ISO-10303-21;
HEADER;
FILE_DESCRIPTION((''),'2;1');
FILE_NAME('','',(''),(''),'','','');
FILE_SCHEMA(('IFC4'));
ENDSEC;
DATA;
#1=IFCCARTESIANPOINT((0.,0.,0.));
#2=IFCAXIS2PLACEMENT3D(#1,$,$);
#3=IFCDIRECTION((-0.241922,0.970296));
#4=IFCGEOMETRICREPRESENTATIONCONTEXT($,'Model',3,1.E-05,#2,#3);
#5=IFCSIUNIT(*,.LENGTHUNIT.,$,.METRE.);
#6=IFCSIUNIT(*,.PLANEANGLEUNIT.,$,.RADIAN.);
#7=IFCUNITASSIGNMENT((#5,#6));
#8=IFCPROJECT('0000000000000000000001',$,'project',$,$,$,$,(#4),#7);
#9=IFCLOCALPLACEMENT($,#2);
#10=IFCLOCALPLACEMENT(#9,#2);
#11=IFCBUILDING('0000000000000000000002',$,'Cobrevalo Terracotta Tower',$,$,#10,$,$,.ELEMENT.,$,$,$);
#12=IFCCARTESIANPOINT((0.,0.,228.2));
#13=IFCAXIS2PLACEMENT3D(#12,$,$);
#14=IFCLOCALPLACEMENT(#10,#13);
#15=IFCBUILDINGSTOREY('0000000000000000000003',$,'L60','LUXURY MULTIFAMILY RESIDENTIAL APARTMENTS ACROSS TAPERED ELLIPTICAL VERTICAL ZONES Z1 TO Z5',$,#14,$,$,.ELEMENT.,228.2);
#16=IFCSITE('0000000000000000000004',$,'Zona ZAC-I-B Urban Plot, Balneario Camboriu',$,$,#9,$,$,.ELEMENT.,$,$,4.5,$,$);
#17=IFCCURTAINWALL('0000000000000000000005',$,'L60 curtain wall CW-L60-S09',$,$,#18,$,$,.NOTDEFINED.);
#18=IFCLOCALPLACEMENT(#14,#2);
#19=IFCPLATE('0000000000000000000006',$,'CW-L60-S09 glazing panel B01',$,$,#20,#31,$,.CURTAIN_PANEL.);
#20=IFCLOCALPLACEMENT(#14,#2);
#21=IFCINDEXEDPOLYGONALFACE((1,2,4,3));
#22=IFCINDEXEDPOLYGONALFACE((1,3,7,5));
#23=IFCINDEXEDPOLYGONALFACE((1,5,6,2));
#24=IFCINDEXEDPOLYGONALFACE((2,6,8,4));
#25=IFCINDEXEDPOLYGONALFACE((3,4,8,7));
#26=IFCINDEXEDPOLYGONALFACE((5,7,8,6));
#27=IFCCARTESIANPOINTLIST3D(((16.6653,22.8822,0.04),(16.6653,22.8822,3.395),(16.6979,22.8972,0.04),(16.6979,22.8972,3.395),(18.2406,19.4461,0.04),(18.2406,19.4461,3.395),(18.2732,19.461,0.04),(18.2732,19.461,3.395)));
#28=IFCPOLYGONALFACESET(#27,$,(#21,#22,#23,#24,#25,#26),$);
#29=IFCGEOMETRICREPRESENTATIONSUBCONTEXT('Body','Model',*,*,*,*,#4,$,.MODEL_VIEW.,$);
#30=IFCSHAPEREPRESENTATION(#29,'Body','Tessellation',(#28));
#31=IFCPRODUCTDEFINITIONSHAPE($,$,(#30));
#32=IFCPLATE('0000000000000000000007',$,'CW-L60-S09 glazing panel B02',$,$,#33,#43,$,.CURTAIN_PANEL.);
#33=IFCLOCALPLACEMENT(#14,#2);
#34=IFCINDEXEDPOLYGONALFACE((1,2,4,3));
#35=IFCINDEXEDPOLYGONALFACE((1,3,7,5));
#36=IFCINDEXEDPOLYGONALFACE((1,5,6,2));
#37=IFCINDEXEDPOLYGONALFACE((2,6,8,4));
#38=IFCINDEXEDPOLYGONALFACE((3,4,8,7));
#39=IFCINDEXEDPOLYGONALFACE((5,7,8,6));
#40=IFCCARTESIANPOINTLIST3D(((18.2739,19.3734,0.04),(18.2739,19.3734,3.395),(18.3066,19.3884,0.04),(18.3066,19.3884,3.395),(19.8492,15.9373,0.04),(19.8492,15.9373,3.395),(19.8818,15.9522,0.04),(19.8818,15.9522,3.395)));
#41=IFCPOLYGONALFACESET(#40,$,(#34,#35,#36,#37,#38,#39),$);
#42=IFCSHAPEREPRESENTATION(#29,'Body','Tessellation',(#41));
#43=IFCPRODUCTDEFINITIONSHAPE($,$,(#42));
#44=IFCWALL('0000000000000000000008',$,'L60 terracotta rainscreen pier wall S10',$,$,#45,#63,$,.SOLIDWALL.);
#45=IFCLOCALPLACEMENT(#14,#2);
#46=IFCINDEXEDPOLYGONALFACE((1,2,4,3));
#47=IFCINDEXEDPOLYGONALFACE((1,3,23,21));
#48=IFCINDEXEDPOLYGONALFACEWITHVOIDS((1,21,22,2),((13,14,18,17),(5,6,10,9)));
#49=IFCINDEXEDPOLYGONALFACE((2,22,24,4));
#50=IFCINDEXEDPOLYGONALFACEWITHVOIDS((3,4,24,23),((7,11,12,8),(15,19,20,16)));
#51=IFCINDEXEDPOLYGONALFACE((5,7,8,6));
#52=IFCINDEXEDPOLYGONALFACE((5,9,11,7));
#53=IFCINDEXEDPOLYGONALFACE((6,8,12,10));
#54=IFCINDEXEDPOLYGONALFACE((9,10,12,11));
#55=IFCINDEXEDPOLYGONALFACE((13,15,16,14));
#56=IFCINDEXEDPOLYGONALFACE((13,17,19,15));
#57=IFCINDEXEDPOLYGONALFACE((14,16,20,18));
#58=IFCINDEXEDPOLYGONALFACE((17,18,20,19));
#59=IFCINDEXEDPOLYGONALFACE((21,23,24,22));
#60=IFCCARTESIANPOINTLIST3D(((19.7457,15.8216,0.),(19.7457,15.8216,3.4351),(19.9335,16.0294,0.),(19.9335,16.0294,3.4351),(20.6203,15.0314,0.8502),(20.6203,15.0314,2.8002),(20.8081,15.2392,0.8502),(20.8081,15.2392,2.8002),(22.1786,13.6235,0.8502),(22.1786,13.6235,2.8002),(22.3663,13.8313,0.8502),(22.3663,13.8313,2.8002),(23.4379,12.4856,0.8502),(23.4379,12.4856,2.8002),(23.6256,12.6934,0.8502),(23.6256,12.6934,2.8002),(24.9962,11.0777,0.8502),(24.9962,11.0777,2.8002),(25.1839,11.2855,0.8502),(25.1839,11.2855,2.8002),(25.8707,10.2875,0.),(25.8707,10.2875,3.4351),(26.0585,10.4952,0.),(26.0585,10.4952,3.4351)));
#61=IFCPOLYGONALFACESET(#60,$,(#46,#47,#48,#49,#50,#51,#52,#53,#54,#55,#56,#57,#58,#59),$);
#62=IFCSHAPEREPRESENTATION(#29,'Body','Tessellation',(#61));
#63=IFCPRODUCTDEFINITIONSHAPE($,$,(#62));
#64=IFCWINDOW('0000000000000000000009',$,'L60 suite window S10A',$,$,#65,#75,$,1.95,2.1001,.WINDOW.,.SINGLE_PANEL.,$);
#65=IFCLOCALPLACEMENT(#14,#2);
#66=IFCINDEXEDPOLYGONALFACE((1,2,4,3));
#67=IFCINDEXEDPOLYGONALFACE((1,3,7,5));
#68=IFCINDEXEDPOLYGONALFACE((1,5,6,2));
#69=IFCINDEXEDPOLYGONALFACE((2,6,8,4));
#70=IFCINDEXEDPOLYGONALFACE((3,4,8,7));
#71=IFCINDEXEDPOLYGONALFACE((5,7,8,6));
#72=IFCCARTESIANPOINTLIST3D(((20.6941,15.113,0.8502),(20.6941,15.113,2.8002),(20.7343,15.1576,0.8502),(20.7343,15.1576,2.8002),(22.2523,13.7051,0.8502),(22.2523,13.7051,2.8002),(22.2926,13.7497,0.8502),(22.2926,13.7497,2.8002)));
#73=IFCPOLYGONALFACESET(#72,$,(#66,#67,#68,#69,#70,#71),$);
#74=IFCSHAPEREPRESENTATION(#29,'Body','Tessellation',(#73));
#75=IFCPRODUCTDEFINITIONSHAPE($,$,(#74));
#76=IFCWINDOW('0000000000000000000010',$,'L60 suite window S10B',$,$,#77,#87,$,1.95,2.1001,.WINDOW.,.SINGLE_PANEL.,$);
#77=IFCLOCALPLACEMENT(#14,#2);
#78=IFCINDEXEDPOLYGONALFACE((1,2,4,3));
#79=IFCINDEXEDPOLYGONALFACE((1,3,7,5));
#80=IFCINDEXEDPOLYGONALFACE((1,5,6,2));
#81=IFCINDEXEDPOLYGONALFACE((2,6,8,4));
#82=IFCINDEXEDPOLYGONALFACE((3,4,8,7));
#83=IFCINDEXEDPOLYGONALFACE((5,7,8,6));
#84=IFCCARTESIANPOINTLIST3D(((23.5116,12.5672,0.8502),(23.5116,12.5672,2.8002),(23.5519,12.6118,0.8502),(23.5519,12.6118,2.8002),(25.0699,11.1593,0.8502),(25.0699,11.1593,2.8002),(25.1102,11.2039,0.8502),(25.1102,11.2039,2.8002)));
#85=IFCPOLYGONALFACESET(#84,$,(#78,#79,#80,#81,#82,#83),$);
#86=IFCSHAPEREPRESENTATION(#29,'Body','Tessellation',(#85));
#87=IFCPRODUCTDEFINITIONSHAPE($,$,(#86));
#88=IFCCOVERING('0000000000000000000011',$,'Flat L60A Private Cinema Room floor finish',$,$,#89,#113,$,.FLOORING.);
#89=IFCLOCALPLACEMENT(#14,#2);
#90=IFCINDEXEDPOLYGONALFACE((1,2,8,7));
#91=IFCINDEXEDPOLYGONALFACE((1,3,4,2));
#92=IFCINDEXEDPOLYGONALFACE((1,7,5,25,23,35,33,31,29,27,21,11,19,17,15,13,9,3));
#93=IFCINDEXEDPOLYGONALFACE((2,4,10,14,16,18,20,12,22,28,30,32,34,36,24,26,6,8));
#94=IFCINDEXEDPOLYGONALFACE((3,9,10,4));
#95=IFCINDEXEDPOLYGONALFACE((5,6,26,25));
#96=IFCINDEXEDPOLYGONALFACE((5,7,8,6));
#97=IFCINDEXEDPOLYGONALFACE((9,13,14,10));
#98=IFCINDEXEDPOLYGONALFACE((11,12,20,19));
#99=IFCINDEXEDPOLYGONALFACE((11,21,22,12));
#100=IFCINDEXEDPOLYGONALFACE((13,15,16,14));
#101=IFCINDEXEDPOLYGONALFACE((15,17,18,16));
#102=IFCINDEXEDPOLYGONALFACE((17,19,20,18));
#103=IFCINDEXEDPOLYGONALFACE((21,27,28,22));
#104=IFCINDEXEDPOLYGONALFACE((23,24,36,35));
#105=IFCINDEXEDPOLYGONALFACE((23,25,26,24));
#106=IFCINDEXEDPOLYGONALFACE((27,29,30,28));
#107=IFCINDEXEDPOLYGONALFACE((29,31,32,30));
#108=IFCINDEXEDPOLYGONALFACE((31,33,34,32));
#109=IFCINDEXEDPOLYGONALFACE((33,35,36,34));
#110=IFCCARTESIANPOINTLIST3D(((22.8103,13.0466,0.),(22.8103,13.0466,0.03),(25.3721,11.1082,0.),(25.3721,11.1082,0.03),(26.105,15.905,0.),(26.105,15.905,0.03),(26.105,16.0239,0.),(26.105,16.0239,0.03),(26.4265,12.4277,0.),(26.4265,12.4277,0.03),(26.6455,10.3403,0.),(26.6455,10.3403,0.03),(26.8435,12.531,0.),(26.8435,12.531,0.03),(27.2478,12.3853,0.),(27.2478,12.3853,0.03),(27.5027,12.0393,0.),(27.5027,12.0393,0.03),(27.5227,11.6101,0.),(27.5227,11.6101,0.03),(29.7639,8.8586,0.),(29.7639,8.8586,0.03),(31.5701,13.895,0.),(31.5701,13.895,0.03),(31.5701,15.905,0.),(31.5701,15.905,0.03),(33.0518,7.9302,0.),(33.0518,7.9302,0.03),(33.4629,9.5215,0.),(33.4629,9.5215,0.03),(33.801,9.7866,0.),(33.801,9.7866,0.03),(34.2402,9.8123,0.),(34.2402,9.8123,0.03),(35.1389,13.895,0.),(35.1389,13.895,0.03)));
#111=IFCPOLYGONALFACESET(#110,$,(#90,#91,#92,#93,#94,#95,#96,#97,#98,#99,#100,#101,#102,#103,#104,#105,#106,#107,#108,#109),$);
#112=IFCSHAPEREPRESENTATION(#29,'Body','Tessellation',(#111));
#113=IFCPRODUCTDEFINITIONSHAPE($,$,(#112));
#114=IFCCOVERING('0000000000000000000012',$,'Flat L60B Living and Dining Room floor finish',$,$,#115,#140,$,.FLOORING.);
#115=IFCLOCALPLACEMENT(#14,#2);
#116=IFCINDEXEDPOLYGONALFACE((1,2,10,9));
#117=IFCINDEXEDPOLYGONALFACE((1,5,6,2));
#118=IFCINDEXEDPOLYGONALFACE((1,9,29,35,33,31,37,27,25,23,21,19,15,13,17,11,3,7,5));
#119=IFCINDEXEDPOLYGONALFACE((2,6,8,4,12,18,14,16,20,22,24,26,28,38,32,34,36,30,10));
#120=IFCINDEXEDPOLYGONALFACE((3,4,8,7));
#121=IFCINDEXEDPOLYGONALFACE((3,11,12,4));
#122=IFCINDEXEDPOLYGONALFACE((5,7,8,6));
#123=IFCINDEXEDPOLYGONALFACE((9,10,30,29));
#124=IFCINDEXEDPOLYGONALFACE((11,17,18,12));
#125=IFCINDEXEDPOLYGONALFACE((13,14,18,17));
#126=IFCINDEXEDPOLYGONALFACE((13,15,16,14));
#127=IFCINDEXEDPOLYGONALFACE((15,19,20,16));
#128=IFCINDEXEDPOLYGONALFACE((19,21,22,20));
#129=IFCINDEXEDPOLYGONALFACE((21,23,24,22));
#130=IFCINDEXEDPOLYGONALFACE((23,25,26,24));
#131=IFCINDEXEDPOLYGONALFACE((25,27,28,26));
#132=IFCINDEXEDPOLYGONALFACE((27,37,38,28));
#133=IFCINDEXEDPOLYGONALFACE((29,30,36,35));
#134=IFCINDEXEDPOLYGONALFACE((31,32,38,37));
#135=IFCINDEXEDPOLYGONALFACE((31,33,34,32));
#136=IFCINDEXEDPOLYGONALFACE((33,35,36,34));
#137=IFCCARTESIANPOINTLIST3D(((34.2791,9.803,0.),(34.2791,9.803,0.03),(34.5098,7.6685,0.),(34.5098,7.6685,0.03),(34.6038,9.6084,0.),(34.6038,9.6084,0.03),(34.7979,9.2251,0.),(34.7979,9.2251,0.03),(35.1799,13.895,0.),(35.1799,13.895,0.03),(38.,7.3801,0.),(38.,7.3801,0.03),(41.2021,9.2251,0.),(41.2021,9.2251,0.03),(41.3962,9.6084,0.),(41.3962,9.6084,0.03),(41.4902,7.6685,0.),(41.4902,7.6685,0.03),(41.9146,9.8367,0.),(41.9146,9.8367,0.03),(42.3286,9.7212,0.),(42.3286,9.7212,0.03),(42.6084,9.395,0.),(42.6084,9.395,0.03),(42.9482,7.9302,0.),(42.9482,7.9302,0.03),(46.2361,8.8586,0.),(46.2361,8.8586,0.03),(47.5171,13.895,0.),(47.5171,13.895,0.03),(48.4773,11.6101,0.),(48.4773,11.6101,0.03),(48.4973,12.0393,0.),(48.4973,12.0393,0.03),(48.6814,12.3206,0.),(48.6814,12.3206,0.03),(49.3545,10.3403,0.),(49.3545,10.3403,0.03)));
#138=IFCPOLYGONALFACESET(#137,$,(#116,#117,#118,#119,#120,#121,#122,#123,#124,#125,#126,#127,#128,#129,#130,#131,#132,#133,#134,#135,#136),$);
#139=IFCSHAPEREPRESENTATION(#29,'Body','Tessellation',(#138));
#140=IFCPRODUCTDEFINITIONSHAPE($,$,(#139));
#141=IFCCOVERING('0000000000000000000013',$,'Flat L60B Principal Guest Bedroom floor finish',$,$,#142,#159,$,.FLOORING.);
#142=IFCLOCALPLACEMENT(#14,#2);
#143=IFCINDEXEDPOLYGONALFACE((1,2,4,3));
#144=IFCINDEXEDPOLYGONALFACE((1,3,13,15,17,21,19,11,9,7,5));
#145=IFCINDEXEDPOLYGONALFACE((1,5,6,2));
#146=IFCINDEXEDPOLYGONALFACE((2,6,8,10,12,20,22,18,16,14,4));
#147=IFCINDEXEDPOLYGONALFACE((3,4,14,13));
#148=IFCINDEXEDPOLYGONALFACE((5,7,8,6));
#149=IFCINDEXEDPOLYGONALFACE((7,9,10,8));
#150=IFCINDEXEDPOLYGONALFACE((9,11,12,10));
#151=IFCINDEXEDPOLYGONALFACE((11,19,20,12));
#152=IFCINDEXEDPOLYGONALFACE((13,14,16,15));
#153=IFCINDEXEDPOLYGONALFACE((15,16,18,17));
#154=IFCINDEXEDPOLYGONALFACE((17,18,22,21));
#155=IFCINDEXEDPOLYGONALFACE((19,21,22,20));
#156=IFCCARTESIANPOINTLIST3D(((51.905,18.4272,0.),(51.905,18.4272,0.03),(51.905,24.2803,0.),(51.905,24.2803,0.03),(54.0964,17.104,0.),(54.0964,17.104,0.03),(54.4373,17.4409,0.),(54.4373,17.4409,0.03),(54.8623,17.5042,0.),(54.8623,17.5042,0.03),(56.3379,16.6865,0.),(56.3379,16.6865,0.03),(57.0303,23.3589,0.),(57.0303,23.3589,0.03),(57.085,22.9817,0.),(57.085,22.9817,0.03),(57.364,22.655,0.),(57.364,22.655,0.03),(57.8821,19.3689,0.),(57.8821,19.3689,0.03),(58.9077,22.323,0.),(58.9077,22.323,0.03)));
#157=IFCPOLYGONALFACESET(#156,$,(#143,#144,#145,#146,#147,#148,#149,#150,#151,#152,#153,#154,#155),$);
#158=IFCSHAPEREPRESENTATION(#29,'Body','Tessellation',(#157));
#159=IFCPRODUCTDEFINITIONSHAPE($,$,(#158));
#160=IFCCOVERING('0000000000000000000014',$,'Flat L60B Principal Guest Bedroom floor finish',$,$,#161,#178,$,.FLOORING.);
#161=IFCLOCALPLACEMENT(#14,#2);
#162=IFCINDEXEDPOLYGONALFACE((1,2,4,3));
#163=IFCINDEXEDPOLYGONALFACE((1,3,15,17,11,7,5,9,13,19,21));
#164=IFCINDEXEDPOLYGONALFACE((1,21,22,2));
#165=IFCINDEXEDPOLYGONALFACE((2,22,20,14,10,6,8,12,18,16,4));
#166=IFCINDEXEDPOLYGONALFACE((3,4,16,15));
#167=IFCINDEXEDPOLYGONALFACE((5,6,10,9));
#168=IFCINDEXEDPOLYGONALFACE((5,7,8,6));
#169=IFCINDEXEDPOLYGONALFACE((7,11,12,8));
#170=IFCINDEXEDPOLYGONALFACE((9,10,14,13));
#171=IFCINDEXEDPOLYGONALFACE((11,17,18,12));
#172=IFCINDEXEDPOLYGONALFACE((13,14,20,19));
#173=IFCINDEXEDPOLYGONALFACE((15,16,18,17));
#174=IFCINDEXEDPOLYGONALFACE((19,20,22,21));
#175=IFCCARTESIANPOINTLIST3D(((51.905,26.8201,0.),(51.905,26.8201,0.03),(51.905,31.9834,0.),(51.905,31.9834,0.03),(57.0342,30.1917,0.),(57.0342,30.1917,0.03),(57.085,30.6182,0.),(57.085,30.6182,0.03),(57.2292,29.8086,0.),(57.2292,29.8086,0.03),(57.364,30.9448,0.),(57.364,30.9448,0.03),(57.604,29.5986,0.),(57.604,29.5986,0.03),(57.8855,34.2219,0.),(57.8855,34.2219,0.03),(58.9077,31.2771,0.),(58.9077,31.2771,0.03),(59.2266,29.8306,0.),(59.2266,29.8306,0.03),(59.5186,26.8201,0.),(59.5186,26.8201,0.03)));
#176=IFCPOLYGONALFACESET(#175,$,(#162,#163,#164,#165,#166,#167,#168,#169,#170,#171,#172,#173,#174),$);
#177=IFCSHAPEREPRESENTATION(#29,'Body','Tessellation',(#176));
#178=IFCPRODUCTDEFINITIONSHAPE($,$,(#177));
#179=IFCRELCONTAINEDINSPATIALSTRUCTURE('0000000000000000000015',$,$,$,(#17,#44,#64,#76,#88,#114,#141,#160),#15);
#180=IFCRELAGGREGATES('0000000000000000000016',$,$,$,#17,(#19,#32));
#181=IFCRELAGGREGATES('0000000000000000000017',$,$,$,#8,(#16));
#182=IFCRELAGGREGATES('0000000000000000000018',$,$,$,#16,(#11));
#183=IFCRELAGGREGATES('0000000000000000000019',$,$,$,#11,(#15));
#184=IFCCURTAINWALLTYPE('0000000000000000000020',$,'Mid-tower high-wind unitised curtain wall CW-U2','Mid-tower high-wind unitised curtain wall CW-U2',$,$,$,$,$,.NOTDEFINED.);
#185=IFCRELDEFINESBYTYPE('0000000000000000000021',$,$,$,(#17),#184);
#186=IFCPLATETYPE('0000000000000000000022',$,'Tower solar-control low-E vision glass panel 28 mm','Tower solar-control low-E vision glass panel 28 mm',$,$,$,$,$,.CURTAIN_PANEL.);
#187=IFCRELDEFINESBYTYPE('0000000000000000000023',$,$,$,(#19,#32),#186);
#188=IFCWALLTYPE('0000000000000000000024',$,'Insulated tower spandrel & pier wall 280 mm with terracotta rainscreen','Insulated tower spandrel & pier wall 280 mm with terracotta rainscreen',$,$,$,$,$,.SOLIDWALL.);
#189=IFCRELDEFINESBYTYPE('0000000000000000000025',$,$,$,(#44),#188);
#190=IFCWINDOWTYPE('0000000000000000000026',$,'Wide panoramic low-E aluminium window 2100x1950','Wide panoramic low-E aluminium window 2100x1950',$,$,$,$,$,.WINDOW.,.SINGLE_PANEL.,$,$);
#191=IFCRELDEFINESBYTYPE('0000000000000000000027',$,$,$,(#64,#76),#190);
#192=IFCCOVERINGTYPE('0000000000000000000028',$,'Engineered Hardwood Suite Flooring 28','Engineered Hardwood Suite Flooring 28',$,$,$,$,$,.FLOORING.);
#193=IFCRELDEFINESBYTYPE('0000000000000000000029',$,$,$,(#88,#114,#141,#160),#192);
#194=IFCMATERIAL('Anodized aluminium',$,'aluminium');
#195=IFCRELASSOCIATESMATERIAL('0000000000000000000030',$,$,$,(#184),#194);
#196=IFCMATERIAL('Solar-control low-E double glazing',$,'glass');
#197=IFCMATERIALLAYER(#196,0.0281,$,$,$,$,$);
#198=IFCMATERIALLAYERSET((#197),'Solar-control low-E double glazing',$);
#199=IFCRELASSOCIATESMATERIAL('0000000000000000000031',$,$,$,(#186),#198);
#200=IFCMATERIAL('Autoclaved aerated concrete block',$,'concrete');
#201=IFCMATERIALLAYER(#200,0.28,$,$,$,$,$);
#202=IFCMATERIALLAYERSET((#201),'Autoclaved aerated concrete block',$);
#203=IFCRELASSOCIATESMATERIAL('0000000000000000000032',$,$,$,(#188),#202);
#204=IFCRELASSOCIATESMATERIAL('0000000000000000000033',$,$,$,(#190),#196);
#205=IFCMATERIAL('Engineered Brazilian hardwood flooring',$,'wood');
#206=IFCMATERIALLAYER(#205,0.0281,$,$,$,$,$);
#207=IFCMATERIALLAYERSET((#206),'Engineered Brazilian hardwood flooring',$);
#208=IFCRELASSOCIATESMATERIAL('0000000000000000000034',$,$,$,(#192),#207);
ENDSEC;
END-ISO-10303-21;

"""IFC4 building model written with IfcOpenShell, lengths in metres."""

from ifc_helpers import new_model, si_unit, direction, frame, frame_2d, origin, origin_2d, place, context, subcontext, project, spatial, polyline, rectangle, outline, extrude, source, transform, mapped, material, layer, layer_set, type_object, element, fill, aggregate, save


model = new_model("IFC4")

# Units and contexts
model_context = context("Model", 3, precision=1e-05, world=origin(), true_north=direction((-0.241922, 0.970296)))
body_context = subcontext(model_context, "Body", "Model", "MODEL_VIEW")
ifc_project = project(units=[si_unit("LENGTHUNIT", "METRE"), si_unit("PLANEANGLEUNIT", "RADIAN")], contexts=[model_context])

# Site, building, storey
site_placement = place(None, origin())
site = spatial("IfcSite", under=ifc_project, at=site_placement, Name="Zona ZAC-I-B Urban Plot, Balneario Camboriu", CompositionType="ELEMENT", RefElevation=4.5)
building_placement = place(site_placement, origin())
building = spatial("IfcBuilding", under=site, at=building_placement, Name="Cobrevalo Terracotta Tower", CompositionType="ELEMENT")
storey_placement = place(building_placement, frame((0.0, 0.0, 228.2)))
storey = spatial("IfcBuildingStorey", under=building, at=storey_placement, Name="L60", Description="LUXURY MULTIFAMILY RESIDENTIAL APARTMENTS ACROSS TAPERED ELLIPTICAL VERTICAL ZONES Z1 TO Z5", CompositionType="ELEMENT", Elevation=228.2)

# Curtain wall, plates
ifc_material_1 = material(Name="Anodized aluminium", Category="aluminium")
curtain_wall_type = type_object("IfcCurtainWallType", Name="Mid-tower high-wind unitised curtain wall CW-U2", Description="Mid-tower high-wind unitised curtain wall CW-U2", PredefinedType="NOTDEFINED", material=ifc_material_1)
curtain_wall_placement = place(storey_placement, origin())
curtain_wall = element("IfcCurtainWall", 1, at=curtain_wall_placement, inside=storey, type_object=curtain_wall_type, Name="L60 curtain wall CW-L60-S09", PredefinedType="NOTDEFINED")
ifc_material_2 = material(Name="Solar-control low-E double glazing", Category="glass")
ifc_layer_1 = layer(ifc_material_2, 0.0281)
ifc_layer_set_1 = layer_set([ifc_layer_1], Name="Solar-control low-E double glazing")
plate_type = type_object("IfcPlateType", Name="Tower solar-control low-E vision glass panel 28 mm", Description="Tower solar-control low-E vision glass panel 28 mm", PredefinedType="CURTAIN_PANEL", material=ifc_layer_set_1)
shared_shape_1 = source(origin(), body_context, "Body", "SweptSolid", [
    extrude(rectangle(XDim=3.78, YDim=0.0359, at=origin_2d()), origin(), (0.0, 0.0, 1.0), 3.355),
])
plate_1_placement = place(storey_placement, frame((17.4692, 21.1716, 0.04), z_axis=(0.0, 0.0, 1.0), x_axis=(0.416731, -0.90903, 0.0)))
plate_1 = element("IfcPlate", 2, at=plate_1_placement, type_object=plate_type, Name="CW-L60-S09 glazing panel B01", PredefinedType="CURTAIN_PANEL", context=body_context, shape_type="MappedRepresentation", body=[
    mapped(shared_shape_1, transform((0.0, 0.0, 0.0), scale=1.0)),
])
plate_2_placement = place(storey_placement, frame((19.0779, 17.6628, 0.04), z_axis=(0.0, 0.0, 1.0), x_axis=(0.416731, -0.90903, 0.0)))
plate_2 = element("IfcPlate", 3, at=plate_2_placement, type_object=plate_type, Name="CW-L60-S09 glazing panel B02", PredefinedType="CURTAIN_PANEL", context=body_context, shape_type="MappedRepresentation", body=[
    mapped(shared_shape_1, transform((0.0, 0.0, 0.0), scale=1.0)),
])
aggregate(curtain_wall, [plate_1, plate_2])

# Wall, openings, windows
ifc_material_3 = material(Name="Autoclaved aerated concrete block", Category="concrete")
ifc_layer_2 = layer(ifc_material_3, 0.28)
ifc_layer_set_2 = layer_set([ifc_layer_2], Name="Autoclaved aerated concrete block")
wall_type = type_object("IfcWallType", Name="Insulated tower spandrel & pier wall 280 mm with terracotta rainscreen", Description="Insulated tower spandrel & pier wall 280 mm with terracotta rainscreen", PredefinedType="SOLIDWALL", material=ifc_layer_set_2)
wall_placement = place(storey_placement, frame((19.8396, 15.9255, 0.0), z_axis=(0.0, 0.0, 1.0), x_axis=(0.741987, -0.670414, 0.0)))
wall = element("IfcWall", 4, at=wall_placement, inside=storey, type_object=wall_type, Name="L60 terracotta rainscreen pier wall S10", PredefinedType="SOLIDWALL", context=body_context, shape_type="SweptSolid", body=[
    extrude(rectangle(XDim=8.2549, YDim=0.28, at=frame_2d((4.1274, 0.0))), origin(), (0.0, 0.0, 1.0), 3.4351),
])
opening_1_placement = place(wall_placement, frame((1.1787, 0.0, 0.8501)))
opening_1 = element("IfcOpeningElement", 5, at=opening_1_placement, cuts=wall, PredefinedType="OPENING", context=body_context, shape_type="SweptSolid", body=[
    extrude(rectangle(XDim=2.1001, YDim=1.95, at=frame_2d((1.05, 0.9751))), frame((0.0, 0.1499, 0.0), z_axis=(0.0, -1.0, 0.0), x_axis=(1.0, 0.0, 0.0)), (0.0, 0.0, 1.0), 0.3),
])
opening_2_placement = place(wall_placement, frame((4.9761, 0.0, 0.8501)))
opening_2 = element("IfcOpeningElement", 6, at=opening_2_placement, cuts=wall, PredefinedType="OPENING", context=body_context, shape_type="SweptSolid", body=[
    extrude(rectangle(XDim=2.1001, YDim=1.95, at=frame_2d((1.05, 0.9751))), frame((0.0, 0.1499, 0.0), z_axis=(0.0, -1.0, 0.0), x_axis=(1.0, 0.0, 0.0)), (0.0, 0.0, 1.0), 0.3),
])
window_type = type_object("IfcWindowType", Name="Wide panoramic low-E aluminium window 2100x1950", Description="Wide panoramic low-E aluminium window 2100x1950", PartitioningType="SINGLE_PANEL", PredefinedType="WINDOW", material=ifc_material_2)
shared_shape_2 = source(origin(), body_context, "Body", "SweptSolid", [
    extrude(rectangle(XDim=2.1001, YDim=1.95, at=frame_2d((1.05, 0.9751))), frame((0.0, 0.03, 0.0), z_axis=(0.0, -1.0, 0.0), x_axis=(1.0, 0.0, 0.0)), (0.0, 0.0, 1.0), 0.0601),
])
window_1_placement = place(opening_1_placement, origin())
window_1 = element("IfcWindow", 7, at=window_1_placement, inside=storey, type_object=window_type, Name="L60 suite window S10A", OverallHeight=1.95, OverallWidth=2.1001, PartitioningType="SINGLE_PANEL", PredefinedType="WINDOW", context=body_context, shape_type="MappedRepresentation", body=[
    mapped(shared_shape_2, transform((0.0, 0.0, 0.0), scale=1.0)),
])
fill(opening_1, window_1)
window_2_placement = place(opening_2_placement, origin())
window_2 = element("IfcWindow", 8, at=window_2_placement, inside=storey, type_object=window_type, Name="L60 suite window S10B", OverallHeight=1.95, OverallWidth=2.1001, PartitioningType="SINGLE_PANEL", PredefinedType="WINDOW", context=body_context, shape_type="MappedRepresentation", body=[
    mapped(shared_shape_2, transform((0.0, 0.0, 0.0), scale=1.0)),
])
fill(opening_2, window_2)

# Coverings
ifc_material_4 = material(Name="Engineered Brazilian hardwood flooring", Category="wood")
ifc_layer_3 = layer(ifc_material_4, 0.0281)
ifc_layer_set_3 = layer_set([ifc_layer_3], Name="Engineered Brazilian hardwood flooring")
covering_type_1 = type_object("IfcCoveringType", Name="Engineered Hardwood Suite Flooring 28", Description="Engineered Hardwood Suite Flooring 28", PredefinedType="FLOORING", material=ifc_layer_set_3)
covering_1_placement = place(storey_placement, origin())
element("IfcCovering", 9, at=covering_1_placement, inside=storey, type_object=covering_type_1, Name="Flat L60A Private Cinema Room floor finish", PredefinedType="FLOORING", context=body_context, shape_type="SweptSolid", body=[
    extrude(outline(polyline([(26.6455, 10.3403), (27.5227, 11.6101), (27.5027, 12.0393), (27.2478, 12.3853), (26.8435, 12.531), (26.4265, 12.4277), (25.3721, 11.1082), (22.8103, 13.0466), (26.105, 16.0239), (26.105, 15.905), (31.5701, 15.905), (31.5701, 13.895), (35.1389, 13.895), (34.2402, 9.8123), (33.801, 9.7866), (33.4629, 9.5215), (33.0518, 7.9302), (29.7639, 8.8586), (26.6455, 10.3403)])), origin(), (0.0, 0.0, 1.0), 0.03),
])
covering_2_placement = place(storey_placement, origin())
element("IfcCovering", 10, at=covering_2_placement, inside=storey, type_object=covering_type_1, Name="Flat L60B Living and Dining Room floor finish", PredefinedType="FLOORING", context=body_context, shape_type="SweptSolid", body=[
    extrude(outline(polyline([(46.2361, 8.8586), (42.9482, 7.9302), (42.6084, 9.395), (42.3286, 9.7212), (41.9146, 9.8367), (41.3962, 9.6084), (41.2021, 9.2251), (41.4902, 7.6685), (38.0, 7.3801), (34.5098, 7.6685), (34.7979, 9.2251), (34.6038, 9.6084), (34.2791, 9.803), (35.1799, 13.895), (47.5171, 13.895), (48.6814, 12.3206), (48.4973, 12.0393), (48.4773, 11.6101), (49.3545, 10.3403), (46.2361, 8.8586)])), origin(), (0.0, 0.0, 1.0), 0.03),
])
covering_3_placement = place(storey_placement, origin())
element("IfcCovering", 11, at=covering_3_placement, inside=storey, type_object=covering_type_1, Name="Flat L60B Principal Guest Bedroom floor finish", PredefinedType="FLOORING", context=body_context, shape_type="SweptSolid", body=[
    extrude(outline(polyline([(56.3379, 16.6865), (54.8623, 17.5042), (54.4373, 17.4409), (54.0964, 17.104), (51.905, 18.4272), (51.905, 24.2803), (57.0303, 23.3589), (57.085, 22.9817), (57.364, 22.655), (58.9077, 22.323), (57.8821, 19.3689), (56.3379, 16.6865)])), origin(), (0.0, 0.0, 1.0), 0.03),
])
covering_4_placement = place(storey_placement, origin())
element("IfcCovering", 12, at=covering_4_placement, inside=storey, type_object=covering_type_1, Name="Flat L60B Principal Guest Bedroom floor finish", PredefinedType="FLOORING", context=body_context, shape_type="SweptSolid", body=[
    extrude(outline(polyline([(57.8855, 34.2219), (58.9077, 31.2771), (57.364, 30.9448), (57.085, 30.6182), (57.0342, 30.1917), (57.2292, 29.8086), (57.604, 29.5986), (59.2266, 29.8306), (59.5186, 26.8201), (51.905, 26.8201), (51.905, 31.9834), (57.8855, 34.2219)])), origin(), (0.0, 0.0, 1.0), 0.03),
])

save(model, "model.ifc")
